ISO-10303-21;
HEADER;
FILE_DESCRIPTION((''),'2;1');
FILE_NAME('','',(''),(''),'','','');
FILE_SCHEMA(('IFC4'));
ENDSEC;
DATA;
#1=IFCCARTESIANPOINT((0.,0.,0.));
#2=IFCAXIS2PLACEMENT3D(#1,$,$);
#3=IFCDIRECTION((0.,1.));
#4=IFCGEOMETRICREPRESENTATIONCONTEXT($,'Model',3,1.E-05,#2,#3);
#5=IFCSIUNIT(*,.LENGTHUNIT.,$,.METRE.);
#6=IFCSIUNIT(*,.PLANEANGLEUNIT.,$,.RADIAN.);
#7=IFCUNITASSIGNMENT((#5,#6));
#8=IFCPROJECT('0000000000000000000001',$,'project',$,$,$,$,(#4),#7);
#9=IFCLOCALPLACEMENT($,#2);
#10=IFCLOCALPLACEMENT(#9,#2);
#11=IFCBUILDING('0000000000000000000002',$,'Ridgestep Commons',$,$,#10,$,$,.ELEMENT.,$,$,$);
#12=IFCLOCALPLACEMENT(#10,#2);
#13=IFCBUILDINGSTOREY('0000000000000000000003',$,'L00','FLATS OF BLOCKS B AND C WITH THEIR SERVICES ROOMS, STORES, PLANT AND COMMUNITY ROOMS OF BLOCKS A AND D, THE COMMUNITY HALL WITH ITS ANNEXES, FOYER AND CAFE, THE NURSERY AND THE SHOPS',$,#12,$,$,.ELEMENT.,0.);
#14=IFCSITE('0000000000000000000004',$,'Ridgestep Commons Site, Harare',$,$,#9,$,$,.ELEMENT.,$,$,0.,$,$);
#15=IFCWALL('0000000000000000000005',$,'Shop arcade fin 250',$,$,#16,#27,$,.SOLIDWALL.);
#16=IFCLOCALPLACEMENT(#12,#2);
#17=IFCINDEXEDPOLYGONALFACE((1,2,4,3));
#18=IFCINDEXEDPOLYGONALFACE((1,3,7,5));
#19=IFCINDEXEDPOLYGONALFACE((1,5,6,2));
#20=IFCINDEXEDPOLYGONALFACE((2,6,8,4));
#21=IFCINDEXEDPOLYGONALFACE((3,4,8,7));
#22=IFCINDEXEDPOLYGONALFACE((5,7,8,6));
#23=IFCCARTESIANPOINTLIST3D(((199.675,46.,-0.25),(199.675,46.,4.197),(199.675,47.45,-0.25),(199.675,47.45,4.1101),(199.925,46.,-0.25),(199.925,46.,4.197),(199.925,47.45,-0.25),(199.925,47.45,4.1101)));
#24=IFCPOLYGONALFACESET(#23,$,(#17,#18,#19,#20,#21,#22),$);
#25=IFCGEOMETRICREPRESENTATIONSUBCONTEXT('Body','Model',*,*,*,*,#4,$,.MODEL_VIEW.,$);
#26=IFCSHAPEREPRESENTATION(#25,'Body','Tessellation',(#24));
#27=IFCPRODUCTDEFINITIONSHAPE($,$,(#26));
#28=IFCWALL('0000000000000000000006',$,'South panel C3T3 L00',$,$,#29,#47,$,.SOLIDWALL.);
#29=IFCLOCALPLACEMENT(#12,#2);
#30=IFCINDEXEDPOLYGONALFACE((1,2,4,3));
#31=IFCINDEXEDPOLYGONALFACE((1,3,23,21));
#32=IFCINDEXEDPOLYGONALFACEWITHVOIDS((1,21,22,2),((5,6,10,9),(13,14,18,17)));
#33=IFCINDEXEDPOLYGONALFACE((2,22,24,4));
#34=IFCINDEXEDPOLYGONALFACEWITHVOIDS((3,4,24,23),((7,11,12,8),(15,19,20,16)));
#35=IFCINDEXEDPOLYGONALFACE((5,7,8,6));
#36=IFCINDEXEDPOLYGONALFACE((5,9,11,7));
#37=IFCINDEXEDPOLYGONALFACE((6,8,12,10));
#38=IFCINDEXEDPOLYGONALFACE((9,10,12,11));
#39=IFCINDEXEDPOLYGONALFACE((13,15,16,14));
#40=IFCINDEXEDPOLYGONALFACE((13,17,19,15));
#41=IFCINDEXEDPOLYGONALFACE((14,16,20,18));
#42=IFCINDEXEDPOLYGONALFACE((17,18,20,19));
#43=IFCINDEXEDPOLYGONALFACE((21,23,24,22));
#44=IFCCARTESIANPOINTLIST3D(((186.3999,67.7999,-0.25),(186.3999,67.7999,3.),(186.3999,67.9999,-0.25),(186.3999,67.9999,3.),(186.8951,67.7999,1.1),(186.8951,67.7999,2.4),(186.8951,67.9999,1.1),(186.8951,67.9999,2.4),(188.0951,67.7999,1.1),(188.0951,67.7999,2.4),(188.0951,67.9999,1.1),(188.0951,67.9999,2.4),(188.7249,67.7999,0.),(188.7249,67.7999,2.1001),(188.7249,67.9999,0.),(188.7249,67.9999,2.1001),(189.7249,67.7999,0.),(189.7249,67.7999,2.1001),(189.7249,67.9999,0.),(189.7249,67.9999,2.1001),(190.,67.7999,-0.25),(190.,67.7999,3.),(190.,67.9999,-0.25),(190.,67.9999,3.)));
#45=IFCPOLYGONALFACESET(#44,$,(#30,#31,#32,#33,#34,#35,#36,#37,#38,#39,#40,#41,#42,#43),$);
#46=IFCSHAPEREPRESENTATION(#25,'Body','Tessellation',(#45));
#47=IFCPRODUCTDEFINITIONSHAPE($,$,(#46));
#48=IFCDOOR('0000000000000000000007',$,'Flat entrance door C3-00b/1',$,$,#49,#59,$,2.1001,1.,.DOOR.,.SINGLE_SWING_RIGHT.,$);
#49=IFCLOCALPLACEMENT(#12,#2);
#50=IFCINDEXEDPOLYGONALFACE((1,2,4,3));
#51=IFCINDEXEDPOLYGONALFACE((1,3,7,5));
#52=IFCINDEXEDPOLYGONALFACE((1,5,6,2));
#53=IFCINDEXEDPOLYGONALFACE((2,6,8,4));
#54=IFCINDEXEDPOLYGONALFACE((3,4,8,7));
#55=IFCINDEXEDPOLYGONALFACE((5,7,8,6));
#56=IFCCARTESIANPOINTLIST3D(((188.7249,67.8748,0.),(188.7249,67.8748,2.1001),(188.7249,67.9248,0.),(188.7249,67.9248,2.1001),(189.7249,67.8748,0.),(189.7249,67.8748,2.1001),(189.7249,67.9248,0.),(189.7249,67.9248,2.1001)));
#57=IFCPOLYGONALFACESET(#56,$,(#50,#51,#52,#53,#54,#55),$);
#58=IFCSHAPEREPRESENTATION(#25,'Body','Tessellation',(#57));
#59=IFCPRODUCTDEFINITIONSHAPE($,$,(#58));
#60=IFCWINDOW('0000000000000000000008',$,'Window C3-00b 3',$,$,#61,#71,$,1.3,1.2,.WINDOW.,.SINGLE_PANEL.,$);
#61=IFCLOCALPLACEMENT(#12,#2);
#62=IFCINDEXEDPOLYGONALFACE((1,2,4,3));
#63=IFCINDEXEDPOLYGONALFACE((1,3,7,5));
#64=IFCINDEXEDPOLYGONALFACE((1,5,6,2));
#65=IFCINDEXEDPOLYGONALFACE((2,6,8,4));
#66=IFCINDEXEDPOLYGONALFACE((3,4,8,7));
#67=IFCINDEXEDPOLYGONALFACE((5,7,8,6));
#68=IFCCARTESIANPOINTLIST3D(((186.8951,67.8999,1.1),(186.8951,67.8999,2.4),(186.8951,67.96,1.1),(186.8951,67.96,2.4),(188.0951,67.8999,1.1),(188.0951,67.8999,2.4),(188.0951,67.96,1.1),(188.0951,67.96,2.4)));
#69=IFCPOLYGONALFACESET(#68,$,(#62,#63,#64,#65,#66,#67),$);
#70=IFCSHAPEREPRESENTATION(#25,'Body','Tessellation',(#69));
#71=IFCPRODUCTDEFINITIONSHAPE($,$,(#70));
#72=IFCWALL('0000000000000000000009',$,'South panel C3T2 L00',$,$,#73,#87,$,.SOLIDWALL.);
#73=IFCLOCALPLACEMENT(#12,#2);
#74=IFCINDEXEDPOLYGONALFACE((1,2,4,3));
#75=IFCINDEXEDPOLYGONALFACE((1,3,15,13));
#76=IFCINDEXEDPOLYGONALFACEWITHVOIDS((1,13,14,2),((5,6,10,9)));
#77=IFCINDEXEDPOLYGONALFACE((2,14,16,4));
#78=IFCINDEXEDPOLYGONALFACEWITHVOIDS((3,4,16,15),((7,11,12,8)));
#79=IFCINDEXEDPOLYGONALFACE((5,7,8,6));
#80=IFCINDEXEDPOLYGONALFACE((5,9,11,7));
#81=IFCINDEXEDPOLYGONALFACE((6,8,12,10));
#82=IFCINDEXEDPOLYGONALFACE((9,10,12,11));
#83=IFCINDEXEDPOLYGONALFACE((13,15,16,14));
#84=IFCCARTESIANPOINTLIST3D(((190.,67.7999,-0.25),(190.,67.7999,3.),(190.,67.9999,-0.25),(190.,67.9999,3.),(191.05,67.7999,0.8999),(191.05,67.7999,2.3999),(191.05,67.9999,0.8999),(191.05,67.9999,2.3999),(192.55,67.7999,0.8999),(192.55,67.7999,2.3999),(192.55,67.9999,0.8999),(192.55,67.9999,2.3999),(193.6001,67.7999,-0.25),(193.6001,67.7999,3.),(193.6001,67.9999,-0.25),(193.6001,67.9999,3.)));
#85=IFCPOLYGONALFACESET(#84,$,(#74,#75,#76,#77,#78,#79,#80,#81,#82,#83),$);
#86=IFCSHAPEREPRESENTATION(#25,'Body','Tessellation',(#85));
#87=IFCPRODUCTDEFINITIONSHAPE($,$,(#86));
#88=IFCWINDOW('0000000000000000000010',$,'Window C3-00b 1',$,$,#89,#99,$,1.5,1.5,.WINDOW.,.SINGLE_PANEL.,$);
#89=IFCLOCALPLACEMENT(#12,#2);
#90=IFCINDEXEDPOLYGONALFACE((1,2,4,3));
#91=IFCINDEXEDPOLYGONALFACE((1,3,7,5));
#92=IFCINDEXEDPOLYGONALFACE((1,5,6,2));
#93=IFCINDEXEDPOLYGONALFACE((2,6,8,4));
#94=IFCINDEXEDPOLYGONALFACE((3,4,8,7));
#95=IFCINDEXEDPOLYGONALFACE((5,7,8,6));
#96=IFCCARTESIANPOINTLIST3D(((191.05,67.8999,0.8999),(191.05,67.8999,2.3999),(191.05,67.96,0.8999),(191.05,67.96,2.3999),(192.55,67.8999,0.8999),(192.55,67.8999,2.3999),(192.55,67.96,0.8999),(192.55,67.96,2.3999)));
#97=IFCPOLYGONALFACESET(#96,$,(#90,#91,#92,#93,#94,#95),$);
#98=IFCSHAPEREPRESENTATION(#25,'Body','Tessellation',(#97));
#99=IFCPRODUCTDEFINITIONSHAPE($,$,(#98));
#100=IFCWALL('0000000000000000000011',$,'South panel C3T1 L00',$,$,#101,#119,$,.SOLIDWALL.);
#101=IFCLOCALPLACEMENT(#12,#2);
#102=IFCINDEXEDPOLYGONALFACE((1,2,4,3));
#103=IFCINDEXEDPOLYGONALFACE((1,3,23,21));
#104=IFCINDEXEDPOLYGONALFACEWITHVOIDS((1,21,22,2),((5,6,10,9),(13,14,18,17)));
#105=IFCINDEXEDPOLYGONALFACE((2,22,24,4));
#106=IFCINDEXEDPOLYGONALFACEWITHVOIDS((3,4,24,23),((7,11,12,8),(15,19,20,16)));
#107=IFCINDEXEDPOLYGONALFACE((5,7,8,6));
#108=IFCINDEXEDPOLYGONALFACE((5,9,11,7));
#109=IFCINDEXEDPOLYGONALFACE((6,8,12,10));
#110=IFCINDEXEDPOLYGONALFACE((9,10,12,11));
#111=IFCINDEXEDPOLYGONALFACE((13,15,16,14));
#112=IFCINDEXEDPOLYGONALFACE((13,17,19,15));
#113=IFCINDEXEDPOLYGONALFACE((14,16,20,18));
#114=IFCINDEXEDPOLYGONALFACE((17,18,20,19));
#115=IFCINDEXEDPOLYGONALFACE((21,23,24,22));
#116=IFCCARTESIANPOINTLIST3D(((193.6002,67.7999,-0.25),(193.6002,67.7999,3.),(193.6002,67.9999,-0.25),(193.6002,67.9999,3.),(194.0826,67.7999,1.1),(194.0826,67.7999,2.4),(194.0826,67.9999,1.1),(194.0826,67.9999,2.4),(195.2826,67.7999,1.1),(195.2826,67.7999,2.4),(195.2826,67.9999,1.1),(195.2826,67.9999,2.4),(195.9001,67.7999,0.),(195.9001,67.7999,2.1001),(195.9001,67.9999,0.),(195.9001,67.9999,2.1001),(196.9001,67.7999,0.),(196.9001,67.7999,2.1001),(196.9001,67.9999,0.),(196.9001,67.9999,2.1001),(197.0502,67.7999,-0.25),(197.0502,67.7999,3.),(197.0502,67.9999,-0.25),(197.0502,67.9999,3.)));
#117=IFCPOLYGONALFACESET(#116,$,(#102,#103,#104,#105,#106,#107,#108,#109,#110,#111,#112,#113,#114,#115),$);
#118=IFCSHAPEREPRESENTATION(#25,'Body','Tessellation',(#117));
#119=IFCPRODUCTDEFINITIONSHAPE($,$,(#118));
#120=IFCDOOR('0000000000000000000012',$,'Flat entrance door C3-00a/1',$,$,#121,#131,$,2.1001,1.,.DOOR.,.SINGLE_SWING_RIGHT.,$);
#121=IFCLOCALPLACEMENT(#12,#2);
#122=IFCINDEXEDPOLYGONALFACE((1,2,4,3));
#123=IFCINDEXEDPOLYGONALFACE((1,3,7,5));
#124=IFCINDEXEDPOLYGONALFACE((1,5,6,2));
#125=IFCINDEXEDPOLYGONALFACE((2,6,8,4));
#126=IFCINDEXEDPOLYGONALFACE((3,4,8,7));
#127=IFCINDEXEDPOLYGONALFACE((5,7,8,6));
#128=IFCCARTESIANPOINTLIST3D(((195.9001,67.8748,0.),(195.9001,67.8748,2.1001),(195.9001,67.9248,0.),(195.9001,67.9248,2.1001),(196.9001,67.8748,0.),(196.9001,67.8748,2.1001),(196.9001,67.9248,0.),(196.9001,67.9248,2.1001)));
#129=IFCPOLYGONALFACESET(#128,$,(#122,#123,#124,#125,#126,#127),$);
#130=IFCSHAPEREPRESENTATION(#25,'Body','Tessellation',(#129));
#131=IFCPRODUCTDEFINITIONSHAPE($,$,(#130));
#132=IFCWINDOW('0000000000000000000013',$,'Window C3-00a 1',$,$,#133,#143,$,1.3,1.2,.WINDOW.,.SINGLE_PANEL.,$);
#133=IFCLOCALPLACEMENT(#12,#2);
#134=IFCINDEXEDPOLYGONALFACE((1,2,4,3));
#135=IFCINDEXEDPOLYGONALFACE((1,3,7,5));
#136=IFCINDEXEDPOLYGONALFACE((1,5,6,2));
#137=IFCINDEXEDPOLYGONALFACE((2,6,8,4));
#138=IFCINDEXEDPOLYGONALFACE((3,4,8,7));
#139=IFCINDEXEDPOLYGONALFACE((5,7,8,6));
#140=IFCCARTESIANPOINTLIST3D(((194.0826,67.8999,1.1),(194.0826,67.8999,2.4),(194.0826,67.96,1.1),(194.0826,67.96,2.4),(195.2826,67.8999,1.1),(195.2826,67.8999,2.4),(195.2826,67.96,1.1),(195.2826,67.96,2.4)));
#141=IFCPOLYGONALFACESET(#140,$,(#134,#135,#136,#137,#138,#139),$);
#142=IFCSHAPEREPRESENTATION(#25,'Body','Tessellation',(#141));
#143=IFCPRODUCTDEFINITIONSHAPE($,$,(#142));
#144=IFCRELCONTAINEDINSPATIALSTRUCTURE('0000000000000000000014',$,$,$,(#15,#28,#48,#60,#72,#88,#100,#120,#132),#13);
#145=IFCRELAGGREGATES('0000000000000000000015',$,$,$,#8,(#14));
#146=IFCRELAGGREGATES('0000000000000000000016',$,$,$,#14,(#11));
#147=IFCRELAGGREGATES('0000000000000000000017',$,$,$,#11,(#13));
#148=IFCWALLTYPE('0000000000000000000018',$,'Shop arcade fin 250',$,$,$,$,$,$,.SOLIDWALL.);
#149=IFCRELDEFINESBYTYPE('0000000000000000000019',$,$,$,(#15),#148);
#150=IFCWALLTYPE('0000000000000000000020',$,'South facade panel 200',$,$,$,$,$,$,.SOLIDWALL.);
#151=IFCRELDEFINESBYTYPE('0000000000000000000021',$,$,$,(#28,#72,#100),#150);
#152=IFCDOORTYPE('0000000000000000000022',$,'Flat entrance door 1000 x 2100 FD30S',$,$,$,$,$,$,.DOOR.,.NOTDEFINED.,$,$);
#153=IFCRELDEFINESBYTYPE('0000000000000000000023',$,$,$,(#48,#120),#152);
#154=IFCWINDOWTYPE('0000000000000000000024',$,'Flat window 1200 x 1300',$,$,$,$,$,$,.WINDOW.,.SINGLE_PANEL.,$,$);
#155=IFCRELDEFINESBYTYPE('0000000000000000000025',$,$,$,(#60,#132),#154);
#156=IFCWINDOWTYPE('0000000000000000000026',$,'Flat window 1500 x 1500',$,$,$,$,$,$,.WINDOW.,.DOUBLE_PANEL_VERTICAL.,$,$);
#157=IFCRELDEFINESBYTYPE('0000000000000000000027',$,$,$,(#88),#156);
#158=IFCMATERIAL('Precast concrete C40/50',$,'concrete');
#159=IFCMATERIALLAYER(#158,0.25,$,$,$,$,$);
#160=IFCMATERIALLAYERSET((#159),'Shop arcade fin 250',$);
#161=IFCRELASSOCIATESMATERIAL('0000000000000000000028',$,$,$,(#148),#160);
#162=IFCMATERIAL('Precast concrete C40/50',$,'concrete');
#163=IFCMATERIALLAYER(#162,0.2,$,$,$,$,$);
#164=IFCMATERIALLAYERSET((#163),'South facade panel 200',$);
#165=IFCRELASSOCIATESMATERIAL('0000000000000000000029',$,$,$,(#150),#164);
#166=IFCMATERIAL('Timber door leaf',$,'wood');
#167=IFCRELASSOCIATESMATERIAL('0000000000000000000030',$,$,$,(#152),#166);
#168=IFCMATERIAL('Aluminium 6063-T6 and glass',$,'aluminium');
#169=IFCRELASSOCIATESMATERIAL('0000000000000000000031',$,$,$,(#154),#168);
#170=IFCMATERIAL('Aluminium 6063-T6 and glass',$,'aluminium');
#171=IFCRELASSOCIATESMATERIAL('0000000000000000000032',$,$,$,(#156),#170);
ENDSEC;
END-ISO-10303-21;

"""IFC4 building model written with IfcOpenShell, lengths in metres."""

from ifc_helpers import new_model, si_unit, direction, frame, frame_2d, origin, place, context, subcontext, project, spatial, polyline, rectangle, outline, extrude, material, layer, layer_set, type_object, element, fill, save


model = new_model("IFC4")

# Units and contexts
model_context = context("Model", 3, precision=1e-05, world=origin(), true_north=direction((0.0, 1.0)))
body_context = subcontext(model_context, "Body", "Model", "MODEL_VIEW")
ifc_project = project(units=[si_unit("LENGTHUNIT", "METRE"), si_unit("PLANEANGLEUNIT", "RADIAN")], contexts=[model_context])

# Site, building, storey
site_placement = place(None, origin())
site = spatial("IfcSite", under=ifc_project, at=site_placement, Name="Ridgestep Commons Site, Harare", CompositionType="ELEMENT", RefElevation=0.0)
building_placement = place(site_placement, origin())
building = spatial("IfcBuilding", under=site, at=building_placement, Name="Ridgestep Commons", CompositionType="ELEMENT")
storey_placement = place(building_placement, origin())
storey = spatial("IfcBuildingStorey", under=building, at=storey_placement, Name="L00", Description="FLATS OF BLOCKS B AND C WITH THEIR SERVICES ROOMS, STORES, PLANT AND COMMUNITY ROOMS OF BLOCKS A AND D, THE COMMUNITY HALL WITH ITS ANNEXES, FOYER AND CAFE, THE NURSERY AND THE SHOPS", CompositionType="ELEMENT", Elevation=0.0)

# Wall
ifc_material_1 = material(Name="Precast concrete C40/50", Category="concrete")
ifc_layer_1 = layer(ifc_material_1, 0.25)
ifc_layer_set_1 = layer_set([ifc_layer_1], Name="Shop arcade fin 250")
wall_type_1 = type_object("IfcWallType", Name="Shop arcade fin 250", PredefinedType="SOLIDWALL", material=ifc_layer_set_1)
for number, where, z_axis, x_axis, name in (
    (1, (199.8, 46.0, -0.25), (0.0, 0.0, 1.0), (0.0, 1.0, 0.0), "Shop arcade fin 250"),
):
    element("IfcWall", number, at=place(storey_placement, frame(where, z_axis=z_axis, x_axis=x_axis)), inside=storey, type_object=wall_type_1, Name=name, PredefinedType="SOLIDWALL", context=body_context, shape_type="SweptSolid", body=[
        extrude(outline(polyline([(0.0, 0.0), (1.45, 0.0), (1.45, 4.3601), (0.0, 4.447), (0.0, 0.0)])), frame((0.0, 0.125, 0.0), z_axis=(0.0, -1.0, 0.0), x_axis=(1.0, 0.0, 0.0)), (0.0, 0.0, 1.0), 0.25),
    ])

# Wall, openings, door, window
ifc_material_2 = material(Name="Precast concrete C40/50", Category="concrete")
ifc_layer_2 = layer(ifc_material_2, 0.2)
ifc_layer_set_2 = layer_set([ifc_layer_2], Name="South facade panel 200")
wall_type_2 = type_object("IfcWallType", Name="South facade panel 200", PredefinedType="SOLIDWALL", material=ifc_layer_set_2)
wall_1_placement = place(storey_placement, frame((186.3999, 67.8999, -0.25), z_axis=(0.0, 0.0, 1.0), x_axis=(1.0, 0.0, 0.0)))
wall_1 = element("IfcWall", 2, at=wall_1_placement, inside=storey, type_object=wall_type_2, Name="South panel C3T3 L00", PredefinedType="SOLIDWALL", context=body_context, shape_type="SweptSolid", body=[
    extrude(rectangle(XDim=3.6001, YDim=0.2, at=frame_2d((1.8, 0.0))), origin(), (0.0, 0.0, 1.0), 3.25),
])
opening_1_placement = place(wall_1_placement, frame((0.4951, 0.0, 1.3501)))
opening_1 = element("IfcOpeningElement", 3, at=opening_1_placement, cuts=wall_1, PredefinedType="OPENING", context=body_context, shape_type="SweptSolid", body=[
    extrude(rectangle(XDim=1.2, YDim=1.3, at=frame_2d((0.6001, 0.6499))), frame((0.0, 0.1099, 0.0), z_axis=(0.0, -1.0, 0.0), x_axis=(1.0, 0.0, 0.0)), (0.0, 0.0, 1.0), 0.22),
])
opening_2_placement = place(wall_1_placement, frame((2.325, 0.0, 0.25)))
opening_2 = element("IfcOpeningElement", 4, at=opening_2_placement, cuts=wall_1, PredefinedType="OPENING", context=body_context, shape_type="SweptSolid", body=[
    extrude(rectangle(XDim=1.0, YDim=2.1001, at=frame_2d((0.5, 1.05))), frame((0.0, 0.1099, 0.0), z_axis=(0.0, -1.0, 0.0), x_axis=(1.0, 0.0, 0.0)), (0.0, 0.0, 1.0), 0.22),
])
ifc_material_3 = material(Name="Timber door leaf", Category="wood")
door_type_1 = type_object("IfcDoorType", Name="Flat entrance door 1000 x 2100 FD30S", OperationType="NOTDEFINED", PredefinedType="DOOR", material=ifc_material_3)
door_1_placement = place(opening_2_placement, origin())
door_1 = element("IfcDoor", 5, at=door_1_placement, inside=storey, type_object=door_type_1, Name="Flat entrance door C3-00b/1", OperationType="SINGLE_SWING_RIGHT", OverallHeight=2.1001, OverallWidth=1.0, PredefinedType="DOOR", context=body_context, shape_type="SweptSolid", body=[
    extrude(rectangle(XDim=1.0, YDim=2.1001, at=frame_2d((0.5, 1.05))), frame((0.0, 0.0249, 0.0), z_axis=(0.0, -1.0, 0.0), x_axis=(1.0, 0.0, 0.0)), (0.0, 0.0, 1.0), 0.05),
])
fill(opening_2, door_1)
ifc_material_4 = material(Name="Aluminium 6063-T6 and glass", Category="aluminium")
window_type_1 = type_object("IfcWindowType", Name="Flat window 1200 x 1300", PartitioningType="SINGLE_PANEL", PredefinedType="WINDOW", material=ifc_material_4)
window_1_placement = place(opening_1_placement, origin())
window_1 = element("IfcWindow", 6, at=window_1_placement, inside=storey, type_object=window_type_1, Name="Window C3-00b 3", OverallHeight=1.3, OverallWidth=1.2, PartitioningType="SINGLE_PANEL", PredefinedType="WINDOW", context=body_context, shape_type="SweptSolid", body=[
    extrude(rectangle(XDim=1.2, YDim=1.3, at=frame_2d((0.6001, 0.6499))), frame((0.0, 0.0601, 0.0), z_axis=(0.0, -1.0, 0.0), x_axis=(1.0, 0.0, 0.0)), (0.0, 0.0, 1.0), 0.0601),
])
fill(opening_1, window_1)

# Wall, opening, window
wall_2_placement = place(storey_placement, frame((190.0, 67.8999, -0.25), z_axis=(0.0, 0.0, 1.0), x_axis=(1.0, 0.0, 0.0)))
wall_2 = element("IfcWall", 7, at=wall_2_placement, inside=storey, type_object=wall_type_2, Name="South panel C3T2 L00", PredefinedType="SOLIDWALL", context=body_context, shape_type="SweptSolid", body=[
    extrude(rectangle(XDim=3.6001, YDim=0.2, at=frame_2d((1.8, 0.0))), origin(), (0.0, 0.0, 1.0), 3.25),
])
opening_3_placement = place(wall_2_placement, frame((1.05, 0.0, 1.1499)))
opening_3 = element("IfcOpeningElement", 8, at=opening_3_placement, cuts=wall_2, PredefinedType="OPENING", context=body_context, shape_type="SweptSolid", body=[
    extrude(rectangle(XDim=1.5, YDim=1.5, at=frame_2d((0.75, 0.75))), frame((0.0, 0.1099, 0.0), z_axis=(0.0, -1.0, 0.0), x_axis=(1.0, 0.0, 0.0)), (0.0, 0.0, 1.0), 0.22),
])
ifc_material_5 = material(Name="Aluminium 6063-T6 and glass", Category="aluminium")
window_type_2 = type_object("IfcWindowType", Name="Flat window 1500 x 1500", PartitioningType="DOUBLE_PANEL_VERTICAL", PredefinedType="WINDOW", material=ifc_material_5)
window_2_placement = place(opening_3_placement, origin())
window_2 = element("IfcWindow", 9, at=window_2_placement, inside=storey, type_object=window_type_2, Name="Window C3-00b 1", OverallHeight=1.5, OverallWidth=1.5, PartitioningType="SINGLE_PANEL", PredefinedType="WINDOW", context=body_context, shape_type="SweptSolid", body=[
    extrude(rectangle(XDim=1.5, YDim=1.5, at=frame_2d((0.75, 0.75))), frame((0.0, 0.0601, 0.0), z_axis=(0.0, -1.0, 0.0), x_axis=(1.0, 0.0, 0.0)), (0.0, 0.0, 1.0), 0.0601),
])
fill(opening_3, window_2)

# Wall, openings, door, window
wall_3_placement = place(storey_placement, frame((193.6001, 67.8999, -0.25), z_axis=(0.0, 0.0, 1.0), x_axis=(1.0, 0.0, 0.0)))
wall_3 = element("IfcWall", 10, at=wall_3_placement, inside=storey, type_object=wall_type_2, Name="South panel C3T1 L00", PredefinedType="SOLIDWALL", context=body_context, shape_type="SweptSolid", body=[
    extrude(rectangle(XDim=3.45, YDim=0.2, at=frame_2d((1.7251, 0.0))), origin(), (0.0, 0.0, 1.0), 3.25),
])
opening_4_placement = place(wall_3_placement, frame((0.4824, 0.0, 1.3501)))
opening_4 = element("IfcOpeningElement", 11, at=opening_4_placement, cuts=wall_3, PredefinedType="OPENING", context=body_context, shape_type="SweptSolid", body=[
    extrude(rectangle(XDim=1.2, YDim=1.3, at=frame_2d((0.6001, 0.6499))), frame((0.0, 0.1099, 0.0), z_axis=(0.0, -1.0, 0.0), x_axis=(1.0, 0.0, 0.0)), (0.0, 0.0, 1.0), 0.22),
])
opening_5_placement = place(wall_3_placement, frame((2.3, 0.0, 0.25)))
opening_5 = element("IfcOpeningElement", 12, at=opening_5_placement, cuts=wall_3, PredefinedType="OPENING", context=body_context, shape_type="SweptSolid", body=[
    extrude(rectangle(XDim=1.0, YDim=2.1001, at=frame_2d((0.5, 1.05))), frame((0.0, 0.1099, 0.0), z_axis=(0.0, -1.0, 0.0), x_axis=(1.0, 0.0, 0.0)), (0.0, 0.0, 1.0), 0.22),
])
door_2_placement = place(opening_5_placement, origin())
door_2 = element("IfcDoor", 13, at=door_2_placement, inside=storey, type_object=door_type_1, Name="Flat entrance door C3-00a/1", OperationType="SINGLE_SWING_RIGHT", OverallHeight=2.1001, OverallWidth=1.0, PredefinedType="DOOR", context=body_context, shape_type="SweptSolid", body=[
    extrude(rectangle(XDim=1.0, YDim=2.1001, at=frame_2d((0.5, 1.05))), frame((0.0, 0.0249, 0.0), z_axis=(0.0, -1.0, 0.0), x_axis=(1.0, 0.0, 0.0)), (0.0, 0.0, 1.0), 0.05),
])
fill(opening_5, door_2)
window_3_placement = place(opening_4_placement, origin())
window_3 = element("IfcWindow", 14, at=window_3_placement, inside=storey, type_object=window_type_1, Name="Window C3-00a 1", OverallHeight=1.3, OverallWidth=1.2, PartitioningType="SINGLE_PANEL", PredefinedType="WINDOW", context=body_context, shape_type="SweptSolid", body=[
    extrude(rectangle(XDim=1.2, YDim=1.3, at=frame_2d((0.6001, 0.6499))), frame((0.0, 0.0601, 0.0), z_axis=(0.0, -1.0, 0.0), x_axis=(1.0, 0.0, 0.0)), (0.0, 0.0, 1.0), 0.0601),
])
fill(opening_4, window_3)

save(model, "model.ifc")
